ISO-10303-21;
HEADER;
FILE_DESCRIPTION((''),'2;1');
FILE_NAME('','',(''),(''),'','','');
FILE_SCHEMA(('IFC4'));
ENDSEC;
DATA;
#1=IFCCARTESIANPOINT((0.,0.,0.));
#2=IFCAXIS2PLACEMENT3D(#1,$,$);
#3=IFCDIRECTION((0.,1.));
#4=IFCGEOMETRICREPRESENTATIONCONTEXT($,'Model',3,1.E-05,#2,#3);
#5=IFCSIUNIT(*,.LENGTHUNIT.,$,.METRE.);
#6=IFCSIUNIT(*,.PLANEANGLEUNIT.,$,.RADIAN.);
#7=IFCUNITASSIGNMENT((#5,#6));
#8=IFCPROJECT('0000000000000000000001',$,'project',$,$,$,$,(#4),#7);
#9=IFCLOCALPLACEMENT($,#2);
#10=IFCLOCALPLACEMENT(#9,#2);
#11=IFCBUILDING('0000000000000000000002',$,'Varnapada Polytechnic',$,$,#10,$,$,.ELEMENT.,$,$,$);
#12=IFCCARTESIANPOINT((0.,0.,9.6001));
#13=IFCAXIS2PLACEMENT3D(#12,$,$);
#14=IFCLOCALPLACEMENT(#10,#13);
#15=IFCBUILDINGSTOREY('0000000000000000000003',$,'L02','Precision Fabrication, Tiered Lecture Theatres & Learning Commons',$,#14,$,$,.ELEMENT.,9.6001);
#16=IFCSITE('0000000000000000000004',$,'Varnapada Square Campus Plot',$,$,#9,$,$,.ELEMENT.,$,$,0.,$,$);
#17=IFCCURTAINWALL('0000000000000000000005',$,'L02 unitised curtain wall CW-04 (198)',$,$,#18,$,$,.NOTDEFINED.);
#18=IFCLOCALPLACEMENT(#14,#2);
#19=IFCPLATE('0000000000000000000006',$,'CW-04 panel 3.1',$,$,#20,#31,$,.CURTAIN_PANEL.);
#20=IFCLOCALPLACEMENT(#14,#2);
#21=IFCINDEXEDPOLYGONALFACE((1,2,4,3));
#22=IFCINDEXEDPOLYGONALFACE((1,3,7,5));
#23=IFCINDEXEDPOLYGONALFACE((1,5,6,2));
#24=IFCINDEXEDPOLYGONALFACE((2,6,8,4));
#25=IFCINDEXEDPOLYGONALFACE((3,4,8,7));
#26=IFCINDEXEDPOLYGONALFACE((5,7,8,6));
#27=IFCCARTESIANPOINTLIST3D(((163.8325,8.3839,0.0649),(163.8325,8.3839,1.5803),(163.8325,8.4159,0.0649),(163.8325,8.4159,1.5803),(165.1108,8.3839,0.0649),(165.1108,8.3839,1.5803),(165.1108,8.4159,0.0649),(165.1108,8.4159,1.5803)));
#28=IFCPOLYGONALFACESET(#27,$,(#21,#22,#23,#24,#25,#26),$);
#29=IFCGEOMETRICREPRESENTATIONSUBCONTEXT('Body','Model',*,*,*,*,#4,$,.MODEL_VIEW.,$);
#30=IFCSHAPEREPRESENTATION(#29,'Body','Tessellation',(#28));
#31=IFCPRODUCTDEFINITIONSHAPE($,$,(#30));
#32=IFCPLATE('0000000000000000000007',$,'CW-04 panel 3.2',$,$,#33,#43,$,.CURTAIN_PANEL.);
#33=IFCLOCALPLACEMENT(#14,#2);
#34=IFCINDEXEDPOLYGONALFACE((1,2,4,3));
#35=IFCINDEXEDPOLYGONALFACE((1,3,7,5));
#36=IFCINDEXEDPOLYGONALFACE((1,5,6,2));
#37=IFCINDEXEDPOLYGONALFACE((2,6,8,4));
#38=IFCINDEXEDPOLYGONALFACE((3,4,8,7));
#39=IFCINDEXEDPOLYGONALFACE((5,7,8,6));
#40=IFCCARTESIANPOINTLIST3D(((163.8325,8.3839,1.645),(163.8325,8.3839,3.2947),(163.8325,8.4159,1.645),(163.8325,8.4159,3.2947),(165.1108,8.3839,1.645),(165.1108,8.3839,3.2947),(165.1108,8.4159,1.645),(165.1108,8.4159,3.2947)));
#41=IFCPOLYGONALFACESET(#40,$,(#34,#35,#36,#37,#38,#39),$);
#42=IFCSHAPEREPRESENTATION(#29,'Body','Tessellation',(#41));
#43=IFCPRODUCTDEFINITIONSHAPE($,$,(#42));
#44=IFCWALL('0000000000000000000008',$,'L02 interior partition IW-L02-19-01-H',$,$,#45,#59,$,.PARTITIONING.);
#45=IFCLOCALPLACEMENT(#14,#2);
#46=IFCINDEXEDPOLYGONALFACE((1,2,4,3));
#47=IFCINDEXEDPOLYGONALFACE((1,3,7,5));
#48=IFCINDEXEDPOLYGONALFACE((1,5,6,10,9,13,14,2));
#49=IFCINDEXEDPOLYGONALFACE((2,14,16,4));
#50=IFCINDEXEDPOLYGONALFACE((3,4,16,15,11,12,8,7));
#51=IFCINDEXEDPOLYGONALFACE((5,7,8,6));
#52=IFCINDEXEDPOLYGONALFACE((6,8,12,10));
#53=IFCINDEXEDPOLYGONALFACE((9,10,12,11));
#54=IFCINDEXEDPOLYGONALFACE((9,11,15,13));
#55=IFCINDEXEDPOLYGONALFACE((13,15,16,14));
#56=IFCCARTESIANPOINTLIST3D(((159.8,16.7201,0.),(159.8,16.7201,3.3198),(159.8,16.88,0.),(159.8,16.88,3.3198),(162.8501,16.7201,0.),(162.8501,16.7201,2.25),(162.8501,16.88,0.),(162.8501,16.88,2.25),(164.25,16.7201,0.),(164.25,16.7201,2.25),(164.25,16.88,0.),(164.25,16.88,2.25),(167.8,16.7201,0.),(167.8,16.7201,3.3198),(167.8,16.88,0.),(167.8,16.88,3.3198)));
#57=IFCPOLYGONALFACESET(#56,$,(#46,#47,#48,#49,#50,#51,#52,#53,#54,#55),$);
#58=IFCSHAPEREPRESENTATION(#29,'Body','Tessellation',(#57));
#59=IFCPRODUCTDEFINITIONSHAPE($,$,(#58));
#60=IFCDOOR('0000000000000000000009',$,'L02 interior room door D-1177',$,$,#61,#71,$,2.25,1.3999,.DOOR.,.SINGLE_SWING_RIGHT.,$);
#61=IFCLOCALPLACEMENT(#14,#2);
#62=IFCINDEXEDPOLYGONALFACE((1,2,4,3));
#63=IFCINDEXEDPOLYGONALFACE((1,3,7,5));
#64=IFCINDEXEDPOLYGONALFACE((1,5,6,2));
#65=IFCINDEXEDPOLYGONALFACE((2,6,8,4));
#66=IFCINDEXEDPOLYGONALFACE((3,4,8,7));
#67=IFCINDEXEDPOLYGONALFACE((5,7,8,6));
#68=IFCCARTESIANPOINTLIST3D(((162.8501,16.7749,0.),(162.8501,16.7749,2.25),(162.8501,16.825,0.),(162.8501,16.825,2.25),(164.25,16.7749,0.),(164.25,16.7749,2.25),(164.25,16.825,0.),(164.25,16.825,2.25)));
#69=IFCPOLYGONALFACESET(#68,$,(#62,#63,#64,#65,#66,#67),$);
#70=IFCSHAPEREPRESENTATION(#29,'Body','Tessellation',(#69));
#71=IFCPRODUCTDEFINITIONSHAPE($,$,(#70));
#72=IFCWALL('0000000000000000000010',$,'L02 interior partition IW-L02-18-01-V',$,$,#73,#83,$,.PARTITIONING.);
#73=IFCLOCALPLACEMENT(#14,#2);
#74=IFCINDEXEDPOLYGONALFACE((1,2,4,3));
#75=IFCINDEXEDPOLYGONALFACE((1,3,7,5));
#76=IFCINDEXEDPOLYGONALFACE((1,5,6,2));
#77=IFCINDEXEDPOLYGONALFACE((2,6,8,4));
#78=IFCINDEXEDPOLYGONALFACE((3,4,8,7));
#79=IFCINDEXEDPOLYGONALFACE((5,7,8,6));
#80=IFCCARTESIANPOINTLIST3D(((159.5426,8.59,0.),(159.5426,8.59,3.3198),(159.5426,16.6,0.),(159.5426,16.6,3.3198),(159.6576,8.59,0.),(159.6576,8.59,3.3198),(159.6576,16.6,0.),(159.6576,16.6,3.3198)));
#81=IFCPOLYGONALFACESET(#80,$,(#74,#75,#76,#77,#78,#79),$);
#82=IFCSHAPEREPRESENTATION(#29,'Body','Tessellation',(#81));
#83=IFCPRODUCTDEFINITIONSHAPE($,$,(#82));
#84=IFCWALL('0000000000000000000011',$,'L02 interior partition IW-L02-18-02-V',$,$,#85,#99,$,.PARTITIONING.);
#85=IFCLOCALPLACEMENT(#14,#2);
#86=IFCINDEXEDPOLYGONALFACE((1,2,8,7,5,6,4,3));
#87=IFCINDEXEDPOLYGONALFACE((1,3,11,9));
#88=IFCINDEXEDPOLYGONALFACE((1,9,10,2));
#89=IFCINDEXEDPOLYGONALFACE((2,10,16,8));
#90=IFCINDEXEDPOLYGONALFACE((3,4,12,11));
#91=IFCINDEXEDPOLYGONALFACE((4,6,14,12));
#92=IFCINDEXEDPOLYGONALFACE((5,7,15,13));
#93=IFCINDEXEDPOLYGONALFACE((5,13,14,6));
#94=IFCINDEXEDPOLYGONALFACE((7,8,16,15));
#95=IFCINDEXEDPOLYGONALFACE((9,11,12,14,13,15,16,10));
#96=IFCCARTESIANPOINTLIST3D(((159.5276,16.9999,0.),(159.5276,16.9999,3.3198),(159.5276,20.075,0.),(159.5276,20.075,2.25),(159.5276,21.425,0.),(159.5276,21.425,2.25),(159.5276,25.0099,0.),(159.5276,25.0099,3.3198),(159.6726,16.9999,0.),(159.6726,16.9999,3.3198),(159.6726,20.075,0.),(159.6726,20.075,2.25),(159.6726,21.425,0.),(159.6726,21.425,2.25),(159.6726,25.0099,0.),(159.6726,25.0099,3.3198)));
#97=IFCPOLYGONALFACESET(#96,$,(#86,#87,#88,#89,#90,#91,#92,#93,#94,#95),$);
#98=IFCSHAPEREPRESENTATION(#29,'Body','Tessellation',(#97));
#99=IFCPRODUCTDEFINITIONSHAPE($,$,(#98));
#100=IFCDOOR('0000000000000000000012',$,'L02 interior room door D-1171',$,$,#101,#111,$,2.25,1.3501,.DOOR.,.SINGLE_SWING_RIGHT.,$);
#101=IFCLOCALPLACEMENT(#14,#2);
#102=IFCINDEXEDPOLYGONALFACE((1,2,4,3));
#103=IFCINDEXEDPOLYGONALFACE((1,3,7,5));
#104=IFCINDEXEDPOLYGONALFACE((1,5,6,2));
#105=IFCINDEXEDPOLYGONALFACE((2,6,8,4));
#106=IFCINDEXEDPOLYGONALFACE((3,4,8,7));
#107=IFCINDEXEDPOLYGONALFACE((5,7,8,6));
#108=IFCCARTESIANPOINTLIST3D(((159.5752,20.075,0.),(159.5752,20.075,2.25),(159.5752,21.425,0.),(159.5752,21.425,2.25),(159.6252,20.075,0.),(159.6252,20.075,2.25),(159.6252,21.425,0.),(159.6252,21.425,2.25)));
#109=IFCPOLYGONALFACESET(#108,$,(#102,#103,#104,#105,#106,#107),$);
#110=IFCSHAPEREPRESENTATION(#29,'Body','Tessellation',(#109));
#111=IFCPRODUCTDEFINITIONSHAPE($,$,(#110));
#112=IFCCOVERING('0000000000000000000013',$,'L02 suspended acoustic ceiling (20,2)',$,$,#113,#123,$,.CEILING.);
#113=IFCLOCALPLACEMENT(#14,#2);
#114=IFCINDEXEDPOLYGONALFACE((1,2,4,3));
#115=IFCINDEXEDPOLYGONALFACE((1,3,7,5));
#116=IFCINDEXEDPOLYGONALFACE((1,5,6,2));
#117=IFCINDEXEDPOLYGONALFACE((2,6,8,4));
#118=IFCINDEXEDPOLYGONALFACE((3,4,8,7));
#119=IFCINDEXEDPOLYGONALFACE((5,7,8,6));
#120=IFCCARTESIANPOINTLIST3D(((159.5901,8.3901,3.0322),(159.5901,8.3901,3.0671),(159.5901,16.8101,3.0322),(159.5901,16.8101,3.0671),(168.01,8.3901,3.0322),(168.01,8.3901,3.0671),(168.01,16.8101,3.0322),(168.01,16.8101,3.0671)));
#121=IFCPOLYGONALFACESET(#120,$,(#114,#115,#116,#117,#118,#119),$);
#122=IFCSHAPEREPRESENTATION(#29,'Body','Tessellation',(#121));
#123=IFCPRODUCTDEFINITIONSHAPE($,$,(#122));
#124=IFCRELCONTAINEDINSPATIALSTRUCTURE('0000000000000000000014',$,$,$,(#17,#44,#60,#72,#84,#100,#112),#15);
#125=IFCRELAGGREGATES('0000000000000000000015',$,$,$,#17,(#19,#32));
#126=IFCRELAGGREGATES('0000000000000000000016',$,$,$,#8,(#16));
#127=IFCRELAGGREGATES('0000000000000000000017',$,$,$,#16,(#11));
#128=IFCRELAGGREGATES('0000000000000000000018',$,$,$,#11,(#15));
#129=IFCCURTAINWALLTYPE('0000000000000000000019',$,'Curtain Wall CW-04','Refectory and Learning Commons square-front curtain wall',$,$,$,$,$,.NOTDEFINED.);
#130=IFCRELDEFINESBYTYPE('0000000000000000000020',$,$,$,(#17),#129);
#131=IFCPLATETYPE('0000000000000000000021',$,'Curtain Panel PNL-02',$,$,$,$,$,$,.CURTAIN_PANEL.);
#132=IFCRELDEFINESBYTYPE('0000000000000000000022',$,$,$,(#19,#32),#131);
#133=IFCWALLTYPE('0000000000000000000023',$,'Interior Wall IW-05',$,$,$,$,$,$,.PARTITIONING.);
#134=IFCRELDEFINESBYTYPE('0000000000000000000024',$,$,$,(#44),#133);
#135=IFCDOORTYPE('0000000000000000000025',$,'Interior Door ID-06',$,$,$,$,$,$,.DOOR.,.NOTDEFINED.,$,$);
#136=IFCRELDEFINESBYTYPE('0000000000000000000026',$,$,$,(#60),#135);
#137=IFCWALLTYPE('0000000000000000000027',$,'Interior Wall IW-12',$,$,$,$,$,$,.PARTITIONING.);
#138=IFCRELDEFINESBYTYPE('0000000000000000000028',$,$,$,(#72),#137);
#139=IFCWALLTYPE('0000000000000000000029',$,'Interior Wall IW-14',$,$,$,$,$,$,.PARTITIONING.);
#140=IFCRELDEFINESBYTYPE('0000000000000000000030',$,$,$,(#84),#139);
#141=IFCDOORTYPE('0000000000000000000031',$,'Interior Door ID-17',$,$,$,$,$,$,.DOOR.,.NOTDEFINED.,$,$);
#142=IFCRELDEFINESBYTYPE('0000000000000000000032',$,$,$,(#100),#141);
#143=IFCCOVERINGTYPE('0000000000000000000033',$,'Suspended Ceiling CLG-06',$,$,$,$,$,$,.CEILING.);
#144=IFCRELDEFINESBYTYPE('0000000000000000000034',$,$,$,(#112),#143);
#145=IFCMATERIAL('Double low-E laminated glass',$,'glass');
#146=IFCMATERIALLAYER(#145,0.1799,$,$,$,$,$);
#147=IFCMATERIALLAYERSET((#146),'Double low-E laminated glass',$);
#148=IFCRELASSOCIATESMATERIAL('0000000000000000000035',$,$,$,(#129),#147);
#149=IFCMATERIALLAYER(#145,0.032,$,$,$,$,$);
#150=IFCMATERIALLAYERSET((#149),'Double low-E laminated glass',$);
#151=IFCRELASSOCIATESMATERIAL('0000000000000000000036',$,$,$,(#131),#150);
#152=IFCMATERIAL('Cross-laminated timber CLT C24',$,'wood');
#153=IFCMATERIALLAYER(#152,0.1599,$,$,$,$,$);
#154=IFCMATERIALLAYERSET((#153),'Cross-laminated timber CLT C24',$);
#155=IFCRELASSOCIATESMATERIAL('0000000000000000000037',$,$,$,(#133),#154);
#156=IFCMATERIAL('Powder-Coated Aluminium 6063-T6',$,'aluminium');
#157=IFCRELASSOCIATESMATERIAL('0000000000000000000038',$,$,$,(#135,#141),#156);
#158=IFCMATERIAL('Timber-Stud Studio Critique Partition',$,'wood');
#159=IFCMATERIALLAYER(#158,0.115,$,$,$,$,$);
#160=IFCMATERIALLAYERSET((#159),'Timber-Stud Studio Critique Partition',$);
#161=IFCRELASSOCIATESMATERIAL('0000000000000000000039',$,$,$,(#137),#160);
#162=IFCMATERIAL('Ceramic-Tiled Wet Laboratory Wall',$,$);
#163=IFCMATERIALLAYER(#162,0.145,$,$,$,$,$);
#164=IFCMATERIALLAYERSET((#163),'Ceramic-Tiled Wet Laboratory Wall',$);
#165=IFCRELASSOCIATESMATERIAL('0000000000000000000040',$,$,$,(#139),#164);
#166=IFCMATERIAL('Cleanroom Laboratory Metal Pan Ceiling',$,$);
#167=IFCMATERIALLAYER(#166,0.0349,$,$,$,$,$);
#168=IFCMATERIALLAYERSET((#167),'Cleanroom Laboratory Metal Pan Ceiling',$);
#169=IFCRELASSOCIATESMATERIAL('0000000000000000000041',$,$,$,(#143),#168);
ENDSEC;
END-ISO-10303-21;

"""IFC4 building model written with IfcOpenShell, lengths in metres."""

from ifc_helpers import new_model, si_unit, direction, frame, frame_2d, origin, origin_2d, place, context, subcontext, project, spatial, rectangle, extrude, material, layer, layer_set, type_object, element, fill, aggregate, save


model = new_model("IFC4")

# Units and contexts
model_context = context("Model", 3, precision=1e-05, world=origin(), true_north=direction((0.0, 1.0)))
body_context = subcontext(model_context, "Body", "Model", "MODEL_VIEW")
ifc_project = project(units=[si_unit("LENGTHUNIT", "METRE"), si_unit("PLANEANGLEUNIT", "RADIAN")], contexts=[model_context])

# Site, building, storey
site_placement = place(None, origin())
site = spatial("IfcSite", under=ifc_project, at=site_placement, Name="Varnapada Square Campus Plot", CompositionType="ELEMENT", RefElevation=0.0)
building_placement = place(site_placement, origin())
building = spatial("IfcBuilding", under=site, at=building_placement, Name="Varnapada Polytechnic", CompositionType="ELEMENT")
storey_placement = place(building_placement, frame((0.0, 0.0, 9.6001)))
storey = spatial("IfcBuildingStorey", under=building, at=storey_placement, Name="L02", Description="Precision Fabrication, Tiered Lecture Theatres & Learning Commons", CompositionType="ELEMENT", Elevation=9.6001)

# Curtain wall
ifc_material_1 = material(Name="Double low-E laminated glass", Category="glass")
ifc_layer_1 = layer(ifc_material_1, 0.1799)
ifc_layer_set_1 = layer_set([ifc_layer_1], Name="Double low-E laminated glass")
curtain_wall_type = type_object("IfcCurtainWallType", Name="Curtain Wall CW-04", Description="Refectory and Learning Commons square-front curtain wall", PredefinedType="NOTDEFINED", material=ifc_layer_set_1)
curtain_wall_placement = place(storey_placement, origin())
curtain_wall = element("IfcCurtainWall", 1, at=curtain_wall_placement, inside=storey, type_object=curtain_wall_type, Name="L02 unitised curtain wall CW-04 (198)", PredefinedType="NOTDEFINED")

# Plates
ifc_layer_2 = layer(ifc_material_1, 0.032)
ifc_layer_set_2 = layer_set([ifc_layer_2], Name="Double low-E laminated glass")
plate_type = type_object("IfcPlateType", Name="Curtain Panel PNL-02", PredefinedType="CURTAIN_PANEL", material=ifc_layer_set_2)
plate_1_placement = place(storey_placement, frame((164.4717, 8.3999, 0.0649), z_axis=(0.0, 0.0, 1.0), x_axis=(-1.0, 0.0, 0.0)))
plate_1 = element("IfcPlate", 2, at=plate_1_placement, type_object=plate_type, Name="CW-04 panel 3.1", PredefinedType="CURTAIN_PANEL", context=body_context, shape_type="SweptSolid", body=[
    extrude(rectangle(XDim=1.2783, YDim=0.032, at=origin_2d()), origin(), (0.0, 0.0, 1.0), 1.5154),
])
plate_2_placement = place(storey_placement, frame((164.4717, 8.3999, 1.645), z_axis=(0.0, 0.0, 1.0), x_axis=(-1.0, 0.0, 0.0)))
plate_2 = element("IfcPlate", 3, at=plate_2_placement, type_object=plate_type, Name="CW-04 panel 3.2", PredefinedType="CURTAIN_PANEL", context=body_context, shape_type="SweptSolid", body=[
    extrude(rectangle(XDim=1.2783, YDim=0.032, at=origin_2d()), origin(), (0.0, 0.0, 1.0), 1.6497),
])
aggregate(curtain_wall, [plate_1, plate_2])

# Wall, opening, door
ifc_material_2 = material(Name="Cross-laminated timber CLT C24", Category="wood")
ifc_layer_3 = layer(ifc_material_2, 0.1599)
ifc_layer_set_3 = layer_set([ifc_layer_3], Name="Cross-laminated timber CLT C24")
wall_type_1 = type_object("IfcWallType", Name="Interior Wall IW-05", PredefinedType="PARTITIONING", material=ifc_layer_set_3)
wall_1_placement = place(storey_placement, frame((159.8, 16.8, 0.0), z_axis=(0.0, 0.0, 1.0), x_axis=(1.0, 0.0, 0.0)))
wall_1 = element("IfcWall", 4, at=wall_1_placement, inside=storey, type_object=wall_type_1, Name="L02 interior partition IW-L02-19-01-H", PredefinedType="PARTITIONING", context=body_context, shape_type="SweptSolid", body=[
    extrude(rectangle(XDim=8.0, YDim=0.1599, at=frame_2d((4.0, 0.0))), origin(), (0.0, 0.0, 1.0), 3.3198),
])
opening_1_placement = place(wall_1_placement, frame((3.05, 0.0, 0.0)))
opening_1 = element("IfcOpeningElement", 5, at=opening_1_placement, cuts=wall_1, PredefinedType="OPENING", context=body_context, shape_type="SweptSolid", body=[
    extrude(rectangle(XDim=1.3999, YDim=2.25, at=frame_2d((0.7, 1.125))), frame((0.0, 0.0898, 0.0), z_axis=(0.0, -1.0, 0.0), x_axis=(1.0, 0.0, 0.0)), (0.0, 0.0, 1.0), 0.1799),
])
ifc_material_3 = material(Name="Powder-Coated Aluminium 6063-T6", Category="aluminium")
door_type_1 = type_object("IfcDoorType", Name="Interior Door ID-06", OperationType="NOTDEFINED", PredefinedType="DOOR", material=ifc_material_3)
door_1_placement = place(opening_1_placement, origin())
door_1 = element("IfcDoor", 6, at=door_1_placement, inside=storey, type_object=door_type_1, Name="L02 interior room door D-1177", OperationType="SINGLE_SWING_RIGHT", OverallHeight=2.25, OverallWidth=1.3999, PredefinedType="DOOR", context=body_context, shape_type="SweptSolid", body=[
    extrude(rectangle(XDim=1.3999, YDim=2.25, at=frame_2d((0.7, 1.125))), frame((0.0, 0.0249, 0.0), z_axis=(0.0, -1.0, 0.0), x_axis=(1.0, 0.0, 0.0)), (0.0, 0.0, 1.0), 0.05),
])
fill(opening_1, door_1)

# Wall
ifc_material_4 = material(Name="Timber-Stud Studio Critique Partition", Category="wood")
ifc_layer_4 = layer(ifc_material_4, 0.115)
ifc_layer_set_4 = layer_set([ifc_layer_4], Name="Timber-Stud Studio Critique Partition")
wall_type_2 = type_object("IfcWallType", Name="Interior Wall IW-12", PredefinedType="PARTITIONING", material=ifc_layer_set_4)
wall_2_placement = place(storey_placement, frame((159.6001, 8.5901, 0.0), z_axis=(0.0, 0.0, 1.0), x_axis=(0.0, 1.0, 0.0)))
element("IfcWall", 7, at=wall_2_placement, inside=storey, type_object=wall_type_2, Name="L02 interior partition IW-L02-18-01-V", PredefinedType="PARTITIONING", context=body_context, shape_type="SweptSolid", body=[
    extrude(rectangle(XDim=8.01, YDim=0.115, at=frame_2d((4.0049, 0.0))), origin(), (0.0, 0.0, 1.0), 3.3198),
])

# Wall, opening, door
ifc_material_5 = material(Name="Ceramic-Tiled Wet Laboratory Wall")
ifc_layer_5 = layer(ifc_material_5, 0.145)
ifc_layer_set_5 = layer_set([ifc_layer_5], Name="Ceramic-Tiled Wet Laboratory Wall")
wall_type_3 = type_object("IfcWallType", Name="Interior Wall IW-14", PredefinedType="PARTITIONING", material=ifc_layer_set_5)
wall_3_placement = place(storey_placement, frame((159.6001, 17.0, 0.0), z_axis=(0.0, 0.0, 1.0), x_axis=(0.0, 1.0, 0.0)))
wall_3 = element("IfcWall", 8, at=wall_3_placement, inside=storey, type_object=wall_type_3, Name="L02 interior partition IW-L02-18-02-V", PredefinedType="PARTITIONING", context=body_context, shape_type="SweptSolid", body=[
    extrude(rectangle(XDim=8.01, YDim=0.145, at=frame_2d((4.0049, 0.0))), origin(), (0.0, 0.0, 1.0), 3.3198),
])
opening_2_placement = place(wall_3_placement, frame((3.075, 0.0, 0.0)))
opening_2 = element("IfcOpeningElement", 9, at=opening_2_placement, cuts=wall_3, PredefinedType="OPENING", context=body_context, shape_type="SweptSolid", body=[
    extrude(rectangle(XDim=1.3501, YDim=2.25, at=frame_2d((0.675, 1.125))), frame((0.0, 0.0825, 0.0), z_axis=(0.0, -1.0, 0.0), x_axis=(1.0, 0.0, 0.0)), (0.0, 0.0, 1.0), 0.165),
])
door_type_2 = type_object("IfcDoorType", Name="Interior Door ID-17", OperationType="NOTDEFINED", PredefinedType="DOOR", material=ifc_material_3)
door_2_placement = place(opening_2_placement, origin())
door_2 = element("IfcDoor", 10, at=door_2_placement, inside=storey, type_object=door_type_2, Name="L02 interior room door D-1171", OperationType="SINGLE_SWING_RIGHT", OverallHeight=2.25, OverallWidth=1.3501, PredefinedType="DOOR", context=body_context, shape_type="SweptSolid", body=[
    extrude(rectangle(XDim=1.3501, YDim=2.25, at=frame_2d((0.675, 1.125))), frame((0.0, 0.0249, 0.0), z_axis=(0.0, -1.0, 0.0), x_axis=(1.0, 0.0, 0.0)), (0.0, 0.0, 1.0), 0.05),
])
fill(opening_2, door_2)

# Covering
ifc_material_6 = material(Name="Cleanroom Laboratory Metal Pan Ceiling")
ifc_layer_6 = layer(ifc_material_6, 0.0349)
ifc_layer_set_6 = layer_set([ifc_layer_6], Name="Cleanroom Laboratory Metal Pan Ceiling")
covering_type = type_object("IfcCoveringType", Name="Suspended Ceiling CLG-06", PredefinedType="CEILING", material=ifc_layer_set_6)
covering_placement = place(storey_placement, frame((163.8, 12.6001, 3.0322), z_axis=(0.0, 0.0, 1.0), x_axis=(1.0, 0.0, 0.0)))
element("IfcCovering", 11, at=covering_placement, inside=storey, type_object=covering_type, Name="L02 suspended acoustic ceiling (20,2)", PredefinedType="CEILING", context=body_context, shape_type="SweptSolid", body=[
    extrude(rectangle(XDim=8.4199, YDim=8.4199, at=origin_2d()), origin(), (0.0, 0.0, 1.0), 0.0349),
])

save(model, "model.ifc")
